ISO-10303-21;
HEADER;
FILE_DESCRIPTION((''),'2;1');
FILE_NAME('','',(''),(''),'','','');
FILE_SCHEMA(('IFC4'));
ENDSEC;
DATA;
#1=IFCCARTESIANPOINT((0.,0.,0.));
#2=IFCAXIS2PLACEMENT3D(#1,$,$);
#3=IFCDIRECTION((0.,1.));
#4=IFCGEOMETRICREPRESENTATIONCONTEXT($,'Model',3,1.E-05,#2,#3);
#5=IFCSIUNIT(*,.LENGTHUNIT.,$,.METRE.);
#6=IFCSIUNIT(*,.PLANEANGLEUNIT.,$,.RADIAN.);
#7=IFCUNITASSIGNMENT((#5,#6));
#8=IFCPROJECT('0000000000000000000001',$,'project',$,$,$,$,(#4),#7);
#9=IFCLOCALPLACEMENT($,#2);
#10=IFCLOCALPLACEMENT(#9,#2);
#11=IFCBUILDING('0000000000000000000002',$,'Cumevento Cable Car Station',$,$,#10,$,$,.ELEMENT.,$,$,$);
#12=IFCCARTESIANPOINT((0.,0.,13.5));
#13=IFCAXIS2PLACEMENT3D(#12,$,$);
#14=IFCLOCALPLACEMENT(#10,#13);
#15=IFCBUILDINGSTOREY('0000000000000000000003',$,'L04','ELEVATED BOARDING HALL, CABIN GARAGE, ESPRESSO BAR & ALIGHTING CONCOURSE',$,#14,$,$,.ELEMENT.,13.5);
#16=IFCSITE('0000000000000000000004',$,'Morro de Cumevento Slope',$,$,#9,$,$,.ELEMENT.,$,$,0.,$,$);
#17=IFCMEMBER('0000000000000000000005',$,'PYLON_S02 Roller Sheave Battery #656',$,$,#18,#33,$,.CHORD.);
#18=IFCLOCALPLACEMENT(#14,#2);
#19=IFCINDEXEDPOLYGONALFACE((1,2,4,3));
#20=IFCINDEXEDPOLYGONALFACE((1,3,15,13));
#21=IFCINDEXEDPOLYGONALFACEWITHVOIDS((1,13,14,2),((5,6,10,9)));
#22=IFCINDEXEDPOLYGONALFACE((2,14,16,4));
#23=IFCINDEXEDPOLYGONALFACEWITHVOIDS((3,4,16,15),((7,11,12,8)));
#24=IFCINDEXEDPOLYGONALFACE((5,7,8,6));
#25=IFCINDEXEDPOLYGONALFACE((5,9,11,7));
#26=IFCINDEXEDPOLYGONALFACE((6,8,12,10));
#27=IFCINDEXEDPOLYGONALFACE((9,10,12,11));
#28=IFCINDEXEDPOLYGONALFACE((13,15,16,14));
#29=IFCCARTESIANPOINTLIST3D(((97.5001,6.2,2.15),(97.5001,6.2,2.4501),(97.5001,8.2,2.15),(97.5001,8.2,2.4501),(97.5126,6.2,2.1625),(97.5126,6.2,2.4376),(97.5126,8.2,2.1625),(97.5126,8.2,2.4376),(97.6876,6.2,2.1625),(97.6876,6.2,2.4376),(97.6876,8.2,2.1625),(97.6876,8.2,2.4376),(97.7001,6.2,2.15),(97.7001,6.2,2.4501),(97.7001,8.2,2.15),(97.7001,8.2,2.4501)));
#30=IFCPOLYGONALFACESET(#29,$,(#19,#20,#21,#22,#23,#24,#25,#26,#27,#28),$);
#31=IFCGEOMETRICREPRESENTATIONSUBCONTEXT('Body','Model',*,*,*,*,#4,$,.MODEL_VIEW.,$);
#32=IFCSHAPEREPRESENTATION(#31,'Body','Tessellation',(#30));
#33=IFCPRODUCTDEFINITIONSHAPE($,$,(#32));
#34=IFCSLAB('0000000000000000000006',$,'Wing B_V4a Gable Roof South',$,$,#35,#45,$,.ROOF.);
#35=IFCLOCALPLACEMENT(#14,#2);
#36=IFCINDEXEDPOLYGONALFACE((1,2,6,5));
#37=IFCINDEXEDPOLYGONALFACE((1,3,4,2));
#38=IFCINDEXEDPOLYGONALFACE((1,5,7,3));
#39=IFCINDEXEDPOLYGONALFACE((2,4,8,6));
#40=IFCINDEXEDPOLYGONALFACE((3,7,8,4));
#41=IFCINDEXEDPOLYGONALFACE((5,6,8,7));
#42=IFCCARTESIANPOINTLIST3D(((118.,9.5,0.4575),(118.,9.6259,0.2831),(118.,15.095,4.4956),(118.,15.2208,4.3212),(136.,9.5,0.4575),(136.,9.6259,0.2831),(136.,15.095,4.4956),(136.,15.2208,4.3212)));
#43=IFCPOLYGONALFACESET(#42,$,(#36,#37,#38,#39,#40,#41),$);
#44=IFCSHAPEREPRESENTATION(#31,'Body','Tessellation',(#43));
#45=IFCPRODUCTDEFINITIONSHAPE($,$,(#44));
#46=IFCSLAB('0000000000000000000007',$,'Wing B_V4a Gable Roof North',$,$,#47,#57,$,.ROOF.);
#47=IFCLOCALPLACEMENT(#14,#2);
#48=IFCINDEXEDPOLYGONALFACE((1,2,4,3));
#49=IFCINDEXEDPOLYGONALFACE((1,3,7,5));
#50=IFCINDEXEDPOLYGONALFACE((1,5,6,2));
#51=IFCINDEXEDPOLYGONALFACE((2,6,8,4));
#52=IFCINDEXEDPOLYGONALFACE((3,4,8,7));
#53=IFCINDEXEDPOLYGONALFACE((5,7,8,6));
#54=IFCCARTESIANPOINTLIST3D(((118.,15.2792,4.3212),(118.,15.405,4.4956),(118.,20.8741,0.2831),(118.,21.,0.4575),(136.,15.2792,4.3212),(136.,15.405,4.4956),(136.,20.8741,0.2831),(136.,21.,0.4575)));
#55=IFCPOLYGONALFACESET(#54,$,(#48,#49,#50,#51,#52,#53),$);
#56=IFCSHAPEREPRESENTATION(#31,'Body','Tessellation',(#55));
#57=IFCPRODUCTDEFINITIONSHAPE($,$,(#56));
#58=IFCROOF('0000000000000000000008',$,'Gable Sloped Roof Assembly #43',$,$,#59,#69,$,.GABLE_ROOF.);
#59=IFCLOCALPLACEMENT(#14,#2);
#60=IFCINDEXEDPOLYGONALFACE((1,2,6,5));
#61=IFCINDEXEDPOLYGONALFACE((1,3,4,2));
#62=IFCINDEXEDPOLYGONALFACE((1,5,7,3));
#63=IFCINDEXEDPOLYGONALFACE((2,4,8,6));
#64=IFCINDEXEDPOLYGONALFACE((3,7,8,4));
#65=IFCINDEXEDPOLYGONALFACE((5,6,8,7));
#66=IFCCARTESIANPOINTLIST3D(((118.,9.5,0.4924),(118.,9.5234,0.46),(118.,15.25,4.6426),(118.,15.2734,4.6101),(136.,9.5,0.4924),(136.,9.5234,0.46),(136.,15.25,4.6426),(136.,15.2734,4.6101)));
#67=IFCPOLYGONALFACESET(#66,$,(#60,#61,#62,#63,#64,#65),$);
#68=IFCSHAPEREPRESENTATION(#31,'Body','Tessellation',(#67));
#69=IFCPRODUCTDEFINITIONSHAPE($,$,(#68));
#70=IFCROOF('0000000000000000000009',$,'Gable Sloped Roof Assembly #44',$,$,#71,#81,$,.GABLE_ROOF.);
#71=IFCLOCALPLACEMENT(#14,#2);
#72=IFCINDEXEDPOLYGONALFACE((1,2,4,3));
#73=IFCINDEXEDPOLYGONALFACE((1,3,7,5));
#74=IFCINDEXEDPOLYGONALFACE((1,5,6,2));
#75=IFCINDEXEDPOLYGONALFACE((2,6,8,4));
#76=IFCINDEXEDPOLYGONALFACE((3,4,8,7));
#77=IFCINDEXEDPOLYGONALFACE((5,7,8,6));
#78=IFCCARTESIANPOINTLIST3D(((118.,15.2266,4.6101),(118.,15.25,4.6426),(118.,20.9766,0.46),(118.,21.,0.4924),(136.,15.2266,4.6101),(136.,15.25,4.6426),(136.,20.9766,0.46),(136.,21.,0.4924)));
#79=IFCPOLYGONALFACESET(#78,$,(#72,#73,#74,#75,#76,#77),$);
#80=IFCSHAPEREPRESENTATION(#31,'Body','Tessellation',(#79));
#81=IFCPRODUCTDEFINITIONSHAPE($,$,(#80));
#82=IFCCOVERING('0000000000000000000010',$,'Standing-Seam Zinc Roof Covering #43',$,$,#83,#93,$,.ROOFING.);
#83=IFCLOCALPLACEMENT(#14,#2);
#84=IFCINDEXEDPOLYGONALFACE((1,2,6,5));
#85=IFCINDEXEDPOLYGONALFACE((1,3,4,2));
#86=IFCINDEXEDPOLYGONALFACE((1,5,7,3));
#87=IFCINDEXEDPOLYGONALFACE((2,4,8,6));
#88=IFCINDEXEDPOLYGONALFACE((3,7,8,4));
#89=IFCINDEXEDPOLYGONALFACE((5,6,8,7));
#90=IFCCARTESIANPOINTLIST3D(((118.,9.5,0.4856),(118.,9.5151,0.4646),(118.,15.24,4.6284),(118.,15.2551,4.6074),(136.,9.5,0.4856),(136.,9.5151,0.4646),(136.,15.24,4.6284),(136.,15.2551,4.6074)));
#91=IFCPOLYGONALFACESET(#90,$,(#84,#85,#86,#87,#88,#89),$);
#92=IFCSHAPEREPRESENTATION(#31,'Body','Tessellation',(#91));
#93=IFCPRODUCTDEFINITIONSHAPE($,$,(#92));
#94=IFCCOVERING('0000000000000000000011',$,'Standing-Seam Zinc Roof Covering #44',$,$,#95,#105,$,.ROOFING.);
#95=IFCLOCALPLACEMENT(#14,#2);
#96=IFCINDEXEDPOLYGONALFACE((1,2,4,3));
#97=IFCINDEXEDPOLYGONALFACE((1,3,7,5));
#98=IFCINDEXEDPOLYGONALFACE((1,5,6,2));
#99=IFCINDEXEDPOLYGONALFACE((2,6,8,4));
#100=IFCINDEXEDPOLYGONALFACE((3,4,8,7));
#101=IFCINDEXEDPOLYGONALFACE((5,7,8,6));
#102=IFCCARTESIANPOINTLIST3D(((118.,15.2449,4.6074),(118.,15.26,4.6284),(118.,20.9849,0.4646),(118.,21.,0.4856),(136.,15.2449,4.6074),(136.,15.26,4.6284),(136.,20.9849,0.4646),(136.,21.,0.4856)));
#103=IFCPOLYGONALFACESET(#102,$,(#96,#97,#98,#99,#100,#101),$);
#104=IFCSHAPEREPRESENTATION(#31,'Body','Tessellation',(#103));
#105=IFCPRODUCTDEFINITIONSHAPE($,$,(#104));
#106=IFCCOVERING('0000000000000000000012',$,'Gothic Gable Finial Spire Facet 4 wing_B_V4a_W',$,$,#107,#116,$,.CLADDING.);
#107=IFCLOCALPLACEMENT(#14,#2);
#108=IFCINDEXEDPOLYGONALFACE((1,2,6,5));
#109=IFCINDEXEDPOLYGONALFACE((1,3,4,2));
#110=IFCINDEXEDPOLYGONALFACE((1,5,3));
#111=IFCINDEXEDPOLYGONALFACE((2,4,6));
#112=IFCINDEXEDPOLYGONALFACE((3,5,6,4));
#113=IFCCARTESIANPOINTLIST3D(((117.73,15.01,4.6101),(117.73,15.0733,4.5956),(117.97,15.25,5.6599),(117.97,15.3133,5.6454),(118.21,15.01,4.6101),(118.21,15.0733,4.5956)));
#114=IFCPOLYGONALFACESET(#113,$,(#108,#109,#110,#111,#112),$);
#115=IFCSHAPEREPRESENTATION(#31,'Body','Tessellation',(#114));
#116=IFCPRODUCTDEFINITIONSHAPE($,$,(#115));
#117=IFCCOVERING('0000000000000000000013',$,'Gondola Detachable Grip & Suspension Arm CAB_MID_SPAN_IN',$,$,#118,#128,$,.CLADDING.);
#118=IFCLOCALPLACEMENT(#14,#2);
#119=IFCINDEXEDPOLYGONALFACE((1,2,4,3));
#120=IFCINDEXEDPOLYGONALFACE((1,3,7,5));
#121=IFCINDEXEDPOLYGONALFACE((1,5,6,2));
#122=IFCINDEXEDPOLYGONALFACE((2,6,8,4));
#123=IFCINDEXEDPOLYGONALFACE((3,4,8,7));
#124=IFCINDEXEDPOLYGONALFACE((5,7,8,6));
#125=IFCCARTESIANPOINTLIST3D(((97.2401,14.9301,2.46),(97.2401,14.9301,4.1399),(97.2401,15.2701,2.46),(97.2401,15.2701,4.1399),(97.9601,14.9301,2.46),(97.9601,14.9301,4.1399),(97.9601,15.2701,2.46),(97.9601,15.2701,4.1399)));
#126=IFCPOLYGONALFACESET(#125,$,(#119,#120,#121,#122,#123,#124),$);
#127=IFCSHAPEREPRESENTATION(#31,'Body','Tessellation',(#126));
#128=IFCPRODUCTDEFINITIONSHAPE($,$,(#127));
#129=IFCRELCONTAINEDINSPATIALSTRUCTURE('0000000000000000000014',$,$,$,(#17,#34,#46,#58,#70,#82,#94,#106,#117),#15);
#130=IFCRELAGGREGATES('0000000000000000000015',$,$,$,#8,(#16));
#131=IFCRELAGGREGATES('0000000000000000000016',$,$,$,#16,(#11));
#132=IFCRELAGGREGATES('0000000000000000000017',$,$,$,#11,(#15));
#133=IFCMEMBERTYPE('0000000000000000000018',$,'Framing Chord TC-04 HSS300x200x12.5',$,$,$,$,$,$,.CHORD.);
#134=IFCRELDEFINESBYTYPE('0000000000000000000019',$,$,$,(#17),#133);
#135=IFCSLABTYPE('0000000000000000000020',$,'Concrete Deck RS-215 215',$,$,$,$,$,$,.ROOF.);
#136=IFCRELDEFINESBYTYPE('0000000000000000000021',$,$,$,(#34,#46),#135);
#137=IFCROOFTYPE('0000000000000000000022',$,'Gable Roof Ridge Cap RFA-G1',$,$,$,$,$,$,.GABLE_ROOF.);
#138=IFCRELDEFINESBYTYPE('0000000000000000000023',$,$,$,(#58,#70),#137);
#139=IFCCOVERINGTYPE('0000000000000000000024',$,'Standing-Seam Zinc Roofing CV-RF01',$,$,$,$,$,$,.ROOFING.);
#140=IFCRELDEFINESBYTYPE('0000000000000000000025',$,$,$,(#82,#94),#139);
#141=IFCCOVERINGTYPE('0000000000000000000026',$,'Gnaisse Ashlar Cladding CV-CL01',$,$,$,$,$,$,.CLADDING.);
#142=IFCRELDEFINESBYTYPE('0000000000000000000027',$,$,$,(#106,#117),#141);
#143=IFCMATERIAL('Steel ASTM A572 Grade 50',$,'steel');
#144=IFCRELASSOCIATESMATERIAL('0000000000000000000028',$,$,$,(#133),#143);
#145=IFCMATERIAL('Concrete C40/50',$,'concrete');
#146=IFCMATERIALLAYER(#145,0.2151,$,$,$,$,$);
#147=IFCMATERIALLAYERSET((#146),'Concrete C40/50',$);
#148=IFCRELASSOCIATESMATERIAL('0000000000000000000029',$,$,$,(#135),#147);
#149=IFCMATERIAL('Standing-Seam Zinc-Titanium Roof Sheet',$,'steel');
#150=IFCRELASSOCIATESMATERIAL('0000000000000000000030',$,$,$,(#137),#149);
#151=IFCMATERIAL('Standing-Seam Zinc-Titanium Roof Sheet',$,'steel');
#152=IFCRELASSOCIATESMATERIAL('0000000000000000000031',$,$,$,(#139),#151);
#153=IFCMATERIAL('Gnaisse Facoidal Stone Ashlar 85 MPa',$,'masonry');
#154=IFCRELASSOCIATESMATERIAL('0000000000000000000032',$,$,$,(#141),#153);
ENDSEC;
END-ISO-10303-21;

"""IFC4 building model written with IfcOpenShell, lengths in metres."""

from ifc_helpers import new_model, si_unit, direction, frame, origin, origin_2d, place, context, subcontext, project, spatial, polyline, rectangle, hollow_rectangle, outline, extrude, material, layer, layer_set, material_profile, profile_set, type_object, element, save


model = new_model("IFC4")

# Units and contexts
model_context = context("Model", 3, precision=1e-05, world=origin(), true_north=direction((0.0, 1.0)))
body_context = subcontext(model_context, "Body", "Model", "MODEL_VIEW")
ifc_project = project(units=[si_unit("LENGTHUNIT", "METRE"), si_unit("PLANEANGLEUNIT", "RADIAN")], contexts=[model_context])

# Site, building, storey
site_placement = place(None, origin())
site = spatial("IfcSite", under=ifc_project, at=site_placement, Name="Morro de Cumevento Slope", CompositionType="ELEMENT", RefElevation=0.0)
building_placement = place(site_placement, origin())
building = spatial("IfcBuilding", under=site, at=building_placement, Name="Cumevento Cable Car Station", CompositionType="ELEMENT")
storey_placement = place(building_placement, frame((0.0, 0.0, 13.5)))
storey = spatial("IfcBuildingStorey", under=building, at=storey_placement, Name="L04", Description="ELEVATED BOARDING HALL, CABIN GARAGE, ESPRESSO BAR & ALIGHTING CONCOURSE", CompositionType="ELEMENT", Elevation=13.5)

# Member
ifc_material_1 = material(Name="Steel ASTM A572 Grade 50", Category="steel")
ifc_material_profile = material_profile(ifc_material_1, hollow_rectangle(XDim=0.2, YDim=0.3, WallThickness=0.0125, at=origin_2d()), Name="HSS300x200x12.5")
ifc_profile_set = profile_set([ifc_material_profile], Name="Steel ASTM A572 Grade 50")
member_type = type_object("IfcMemberType", Name="Framing Chord TC-04 HSS300x200x12.5", PredefinedType="CHORD", material=ifc_profile_set)
member_placement = place(storey_placement, frame((97.6001, 6.2, 2.3), z_axis=(0.0, 1.0, 0.0), x_axis=(-1.0, 0.0, 0.0)))
element("IfcMember", 1, at=member_placement, inside=storey, type_object=member_type, Name="PYLON_S02 Roller Sheave Battery #656", PredefinedType="CHORD", context=body_context, shape_type="SweptSolid", body=[
    extrude(hollow_rectangle(XDim=0.2, YDim=0.3, WallThickness=0.0125, at=origin_2d()), origin(), (0.0, 0.0, 1.0), 2.0),
])

# Slabs
ifc_material_2 = material(Name="Concrete C40/50", Category="concrete")
ifc_layer = layer(ifc_material_2, 0.2151)
ifc_layer_set = layer_set([ifc_layer], Name="Concrete C40/50")
slab_type = type_object("IfcSlabType", Name="Concrete Deck RS-215 215", PredefinedType="ROOF", material=ifc_layer_set)
for number, where, z_axis, x_axis, name in (
    (2, (118.0, 9.5, 0.4575), (0.0, -0.585231, 0.810867), (1.0, 0.0, 0.0), "Wing B_V4a Gable Roof South"),
    (3, (118.0, 15.405, 4.4956), (0.0, 0.585231, 0.810867), (1.0, 0.0, 0.0), "Wing B_V4a Gable Roof North"),
):
    element("IfcSlab", number, at=place(storey_placement, frame(where, z_axis=z_axis, x_axis=x_axis)), inside=storey, type_object=slab_type, Name=name, PredefinedType="ROOF", context=body_context, shape_type="SweptSolid", body=[
        extrude(outline(polyline([(0.0, 0.0), (18.0, 0.0), (18.0, 6.9), (0.0, 6.9), (0.0, 0.0)])), origin(), (0.0, 0.0, -1.0), 0.2151),
    ])

# Roofs
ifc_material_3 = material(Name="Standing-Seam Zinc-Titanium Roof Sheet", Category="steel")
roof_type = type_object("IfcRoofType", Name="Gable Roof Ridge Cap RFA-G1", PredefinedType="GABLE_ROOF", material=ifc_material_3)
for number, where, z_axis, x_axis, name in (
    (4, (118.0, 9.5, 0.4924), (0.0, -0.585247, 0.810855), (1.0, 0.0, 0.0), "Gable Sloped Roof Assembly #43"),
    (5, (118.0, 15.25, 4.6426), (0.0, 0.585247, 0.810855), (1.0, 0.0, 0.0), "Gable Sloped Roof Assembly #44"),
):
    element("IfcRoof", number, at=place(storey_placement, frame(where, z_axis=z_axis, x_axis=x_axis)), inside=storey, type_object=roof_type, Name=name, PredefinedType="GABLE_ROOF", context=body_context, shape_type="SweptSolid", body=[
        extrude(outline(polyline([(0.0, 0.0), (18.0, 0.0), (18.0, 7.0913), (0.0, 7.0913), (0.0, 0.0)])), origin(), (0.0, 0.0, -1.0), 0.04),
    ])

# Coverings
ifc_material_4 = material(Name="Standing-Seam Zinc-Titanium Roof Sheet", Category="steel")
covering_type_1 = type_object("IfcCoveringType", Name="Standing-Seam Zinc Roofing CV-RF01", PredefinedType="ROOFING", material=ifc_material_4)
for number, where, z_axis, x_axis, name in (
    (6, (118.0, 9.5, 0.4856), (0.0, -0.585237, 0.810862), (1.0, 0.0, 0.0), "Standing-Seam Zinc Roof Covering #43"),
    (7, (118.0, 15.26, 4.6284), (0.0, 0.585237, 0.810862), (1.0, 0.0, 0.0), "Standing-Seam Zinc Roof Covering #44"),
):
    element("IfcCovering", number, at=place(storey_placement, frame(where, z_axis=z_axis, x_axis=x_axis)), inside=storey, type_object=covering_type_1, Name=name, PredefinedType="ROOFING", context=body_context, shape_type="SweptSolid", body=[
        extrude(outline(polyline([(0.0, 0.0), (18.0, 0.0), (18.0, 7.0789), (0.0, 7.0789), (0.0, 0.0)])), origin(), (0.0, 0.0, -1.0), 0.0259),
    ])
ifc_material_5 = material(Name="Gnaisse Facoidal Stone Ashlar 85 MPa", Category="masonry")
covering_type_2 = type_object("IfcCoveringType", Name="Gnaisse Ashlar Cladding CV-CL01", PredefinedType="CLADDING", material=ifc_material_5)
covering_1_placement = place(storey_placement, frame((117.73, 15.01, 4.6101), z_axis=(0.0, -0.974851, 0.222856), x_axis=(1.0, 0.0, 0.0)))
element("IfcCovering", 8, at=covering_1_placement, inside=storey, type_object=covering_type_2, Name="Gothic Gable Finial Spire Facet 4 wing_B_V4a_W", PredefinedType="CLADDING", context=body_context, shape_type="SweptSolid", body=[
    extrude(outline(polyline([(0.0, 0.0), (0.48, 0.0), (0.24, 1.0769), (0.0, 0.0)])), origin(), (0.0, 0.0, -1.0), 0.0649),
])
covering_2_placement = place(storey_placement, frame((97.6001, 15.1001, 2.46), z_axis=(0.0, 0.0, 1.0), x_axis=(1.0, 0.0, 0.0)))
element("IfcCovering", 9, at=covering_2_placement, inside=storey, type_object=covering_type_2, Name="Gondola Detachable Grip & Suspension Arm CAB_MID_SPAN_IN", PredefinedType="CLADDING", context=body_context, shape_type="SweptSolid", body=[
    extrude(rectangle(XDim=0.72, YDim=0.3401, at=origin_2d()), origin(), (0.0, 0.0, 1.0), 1.6799),
])

save(model, "model.ifc")
